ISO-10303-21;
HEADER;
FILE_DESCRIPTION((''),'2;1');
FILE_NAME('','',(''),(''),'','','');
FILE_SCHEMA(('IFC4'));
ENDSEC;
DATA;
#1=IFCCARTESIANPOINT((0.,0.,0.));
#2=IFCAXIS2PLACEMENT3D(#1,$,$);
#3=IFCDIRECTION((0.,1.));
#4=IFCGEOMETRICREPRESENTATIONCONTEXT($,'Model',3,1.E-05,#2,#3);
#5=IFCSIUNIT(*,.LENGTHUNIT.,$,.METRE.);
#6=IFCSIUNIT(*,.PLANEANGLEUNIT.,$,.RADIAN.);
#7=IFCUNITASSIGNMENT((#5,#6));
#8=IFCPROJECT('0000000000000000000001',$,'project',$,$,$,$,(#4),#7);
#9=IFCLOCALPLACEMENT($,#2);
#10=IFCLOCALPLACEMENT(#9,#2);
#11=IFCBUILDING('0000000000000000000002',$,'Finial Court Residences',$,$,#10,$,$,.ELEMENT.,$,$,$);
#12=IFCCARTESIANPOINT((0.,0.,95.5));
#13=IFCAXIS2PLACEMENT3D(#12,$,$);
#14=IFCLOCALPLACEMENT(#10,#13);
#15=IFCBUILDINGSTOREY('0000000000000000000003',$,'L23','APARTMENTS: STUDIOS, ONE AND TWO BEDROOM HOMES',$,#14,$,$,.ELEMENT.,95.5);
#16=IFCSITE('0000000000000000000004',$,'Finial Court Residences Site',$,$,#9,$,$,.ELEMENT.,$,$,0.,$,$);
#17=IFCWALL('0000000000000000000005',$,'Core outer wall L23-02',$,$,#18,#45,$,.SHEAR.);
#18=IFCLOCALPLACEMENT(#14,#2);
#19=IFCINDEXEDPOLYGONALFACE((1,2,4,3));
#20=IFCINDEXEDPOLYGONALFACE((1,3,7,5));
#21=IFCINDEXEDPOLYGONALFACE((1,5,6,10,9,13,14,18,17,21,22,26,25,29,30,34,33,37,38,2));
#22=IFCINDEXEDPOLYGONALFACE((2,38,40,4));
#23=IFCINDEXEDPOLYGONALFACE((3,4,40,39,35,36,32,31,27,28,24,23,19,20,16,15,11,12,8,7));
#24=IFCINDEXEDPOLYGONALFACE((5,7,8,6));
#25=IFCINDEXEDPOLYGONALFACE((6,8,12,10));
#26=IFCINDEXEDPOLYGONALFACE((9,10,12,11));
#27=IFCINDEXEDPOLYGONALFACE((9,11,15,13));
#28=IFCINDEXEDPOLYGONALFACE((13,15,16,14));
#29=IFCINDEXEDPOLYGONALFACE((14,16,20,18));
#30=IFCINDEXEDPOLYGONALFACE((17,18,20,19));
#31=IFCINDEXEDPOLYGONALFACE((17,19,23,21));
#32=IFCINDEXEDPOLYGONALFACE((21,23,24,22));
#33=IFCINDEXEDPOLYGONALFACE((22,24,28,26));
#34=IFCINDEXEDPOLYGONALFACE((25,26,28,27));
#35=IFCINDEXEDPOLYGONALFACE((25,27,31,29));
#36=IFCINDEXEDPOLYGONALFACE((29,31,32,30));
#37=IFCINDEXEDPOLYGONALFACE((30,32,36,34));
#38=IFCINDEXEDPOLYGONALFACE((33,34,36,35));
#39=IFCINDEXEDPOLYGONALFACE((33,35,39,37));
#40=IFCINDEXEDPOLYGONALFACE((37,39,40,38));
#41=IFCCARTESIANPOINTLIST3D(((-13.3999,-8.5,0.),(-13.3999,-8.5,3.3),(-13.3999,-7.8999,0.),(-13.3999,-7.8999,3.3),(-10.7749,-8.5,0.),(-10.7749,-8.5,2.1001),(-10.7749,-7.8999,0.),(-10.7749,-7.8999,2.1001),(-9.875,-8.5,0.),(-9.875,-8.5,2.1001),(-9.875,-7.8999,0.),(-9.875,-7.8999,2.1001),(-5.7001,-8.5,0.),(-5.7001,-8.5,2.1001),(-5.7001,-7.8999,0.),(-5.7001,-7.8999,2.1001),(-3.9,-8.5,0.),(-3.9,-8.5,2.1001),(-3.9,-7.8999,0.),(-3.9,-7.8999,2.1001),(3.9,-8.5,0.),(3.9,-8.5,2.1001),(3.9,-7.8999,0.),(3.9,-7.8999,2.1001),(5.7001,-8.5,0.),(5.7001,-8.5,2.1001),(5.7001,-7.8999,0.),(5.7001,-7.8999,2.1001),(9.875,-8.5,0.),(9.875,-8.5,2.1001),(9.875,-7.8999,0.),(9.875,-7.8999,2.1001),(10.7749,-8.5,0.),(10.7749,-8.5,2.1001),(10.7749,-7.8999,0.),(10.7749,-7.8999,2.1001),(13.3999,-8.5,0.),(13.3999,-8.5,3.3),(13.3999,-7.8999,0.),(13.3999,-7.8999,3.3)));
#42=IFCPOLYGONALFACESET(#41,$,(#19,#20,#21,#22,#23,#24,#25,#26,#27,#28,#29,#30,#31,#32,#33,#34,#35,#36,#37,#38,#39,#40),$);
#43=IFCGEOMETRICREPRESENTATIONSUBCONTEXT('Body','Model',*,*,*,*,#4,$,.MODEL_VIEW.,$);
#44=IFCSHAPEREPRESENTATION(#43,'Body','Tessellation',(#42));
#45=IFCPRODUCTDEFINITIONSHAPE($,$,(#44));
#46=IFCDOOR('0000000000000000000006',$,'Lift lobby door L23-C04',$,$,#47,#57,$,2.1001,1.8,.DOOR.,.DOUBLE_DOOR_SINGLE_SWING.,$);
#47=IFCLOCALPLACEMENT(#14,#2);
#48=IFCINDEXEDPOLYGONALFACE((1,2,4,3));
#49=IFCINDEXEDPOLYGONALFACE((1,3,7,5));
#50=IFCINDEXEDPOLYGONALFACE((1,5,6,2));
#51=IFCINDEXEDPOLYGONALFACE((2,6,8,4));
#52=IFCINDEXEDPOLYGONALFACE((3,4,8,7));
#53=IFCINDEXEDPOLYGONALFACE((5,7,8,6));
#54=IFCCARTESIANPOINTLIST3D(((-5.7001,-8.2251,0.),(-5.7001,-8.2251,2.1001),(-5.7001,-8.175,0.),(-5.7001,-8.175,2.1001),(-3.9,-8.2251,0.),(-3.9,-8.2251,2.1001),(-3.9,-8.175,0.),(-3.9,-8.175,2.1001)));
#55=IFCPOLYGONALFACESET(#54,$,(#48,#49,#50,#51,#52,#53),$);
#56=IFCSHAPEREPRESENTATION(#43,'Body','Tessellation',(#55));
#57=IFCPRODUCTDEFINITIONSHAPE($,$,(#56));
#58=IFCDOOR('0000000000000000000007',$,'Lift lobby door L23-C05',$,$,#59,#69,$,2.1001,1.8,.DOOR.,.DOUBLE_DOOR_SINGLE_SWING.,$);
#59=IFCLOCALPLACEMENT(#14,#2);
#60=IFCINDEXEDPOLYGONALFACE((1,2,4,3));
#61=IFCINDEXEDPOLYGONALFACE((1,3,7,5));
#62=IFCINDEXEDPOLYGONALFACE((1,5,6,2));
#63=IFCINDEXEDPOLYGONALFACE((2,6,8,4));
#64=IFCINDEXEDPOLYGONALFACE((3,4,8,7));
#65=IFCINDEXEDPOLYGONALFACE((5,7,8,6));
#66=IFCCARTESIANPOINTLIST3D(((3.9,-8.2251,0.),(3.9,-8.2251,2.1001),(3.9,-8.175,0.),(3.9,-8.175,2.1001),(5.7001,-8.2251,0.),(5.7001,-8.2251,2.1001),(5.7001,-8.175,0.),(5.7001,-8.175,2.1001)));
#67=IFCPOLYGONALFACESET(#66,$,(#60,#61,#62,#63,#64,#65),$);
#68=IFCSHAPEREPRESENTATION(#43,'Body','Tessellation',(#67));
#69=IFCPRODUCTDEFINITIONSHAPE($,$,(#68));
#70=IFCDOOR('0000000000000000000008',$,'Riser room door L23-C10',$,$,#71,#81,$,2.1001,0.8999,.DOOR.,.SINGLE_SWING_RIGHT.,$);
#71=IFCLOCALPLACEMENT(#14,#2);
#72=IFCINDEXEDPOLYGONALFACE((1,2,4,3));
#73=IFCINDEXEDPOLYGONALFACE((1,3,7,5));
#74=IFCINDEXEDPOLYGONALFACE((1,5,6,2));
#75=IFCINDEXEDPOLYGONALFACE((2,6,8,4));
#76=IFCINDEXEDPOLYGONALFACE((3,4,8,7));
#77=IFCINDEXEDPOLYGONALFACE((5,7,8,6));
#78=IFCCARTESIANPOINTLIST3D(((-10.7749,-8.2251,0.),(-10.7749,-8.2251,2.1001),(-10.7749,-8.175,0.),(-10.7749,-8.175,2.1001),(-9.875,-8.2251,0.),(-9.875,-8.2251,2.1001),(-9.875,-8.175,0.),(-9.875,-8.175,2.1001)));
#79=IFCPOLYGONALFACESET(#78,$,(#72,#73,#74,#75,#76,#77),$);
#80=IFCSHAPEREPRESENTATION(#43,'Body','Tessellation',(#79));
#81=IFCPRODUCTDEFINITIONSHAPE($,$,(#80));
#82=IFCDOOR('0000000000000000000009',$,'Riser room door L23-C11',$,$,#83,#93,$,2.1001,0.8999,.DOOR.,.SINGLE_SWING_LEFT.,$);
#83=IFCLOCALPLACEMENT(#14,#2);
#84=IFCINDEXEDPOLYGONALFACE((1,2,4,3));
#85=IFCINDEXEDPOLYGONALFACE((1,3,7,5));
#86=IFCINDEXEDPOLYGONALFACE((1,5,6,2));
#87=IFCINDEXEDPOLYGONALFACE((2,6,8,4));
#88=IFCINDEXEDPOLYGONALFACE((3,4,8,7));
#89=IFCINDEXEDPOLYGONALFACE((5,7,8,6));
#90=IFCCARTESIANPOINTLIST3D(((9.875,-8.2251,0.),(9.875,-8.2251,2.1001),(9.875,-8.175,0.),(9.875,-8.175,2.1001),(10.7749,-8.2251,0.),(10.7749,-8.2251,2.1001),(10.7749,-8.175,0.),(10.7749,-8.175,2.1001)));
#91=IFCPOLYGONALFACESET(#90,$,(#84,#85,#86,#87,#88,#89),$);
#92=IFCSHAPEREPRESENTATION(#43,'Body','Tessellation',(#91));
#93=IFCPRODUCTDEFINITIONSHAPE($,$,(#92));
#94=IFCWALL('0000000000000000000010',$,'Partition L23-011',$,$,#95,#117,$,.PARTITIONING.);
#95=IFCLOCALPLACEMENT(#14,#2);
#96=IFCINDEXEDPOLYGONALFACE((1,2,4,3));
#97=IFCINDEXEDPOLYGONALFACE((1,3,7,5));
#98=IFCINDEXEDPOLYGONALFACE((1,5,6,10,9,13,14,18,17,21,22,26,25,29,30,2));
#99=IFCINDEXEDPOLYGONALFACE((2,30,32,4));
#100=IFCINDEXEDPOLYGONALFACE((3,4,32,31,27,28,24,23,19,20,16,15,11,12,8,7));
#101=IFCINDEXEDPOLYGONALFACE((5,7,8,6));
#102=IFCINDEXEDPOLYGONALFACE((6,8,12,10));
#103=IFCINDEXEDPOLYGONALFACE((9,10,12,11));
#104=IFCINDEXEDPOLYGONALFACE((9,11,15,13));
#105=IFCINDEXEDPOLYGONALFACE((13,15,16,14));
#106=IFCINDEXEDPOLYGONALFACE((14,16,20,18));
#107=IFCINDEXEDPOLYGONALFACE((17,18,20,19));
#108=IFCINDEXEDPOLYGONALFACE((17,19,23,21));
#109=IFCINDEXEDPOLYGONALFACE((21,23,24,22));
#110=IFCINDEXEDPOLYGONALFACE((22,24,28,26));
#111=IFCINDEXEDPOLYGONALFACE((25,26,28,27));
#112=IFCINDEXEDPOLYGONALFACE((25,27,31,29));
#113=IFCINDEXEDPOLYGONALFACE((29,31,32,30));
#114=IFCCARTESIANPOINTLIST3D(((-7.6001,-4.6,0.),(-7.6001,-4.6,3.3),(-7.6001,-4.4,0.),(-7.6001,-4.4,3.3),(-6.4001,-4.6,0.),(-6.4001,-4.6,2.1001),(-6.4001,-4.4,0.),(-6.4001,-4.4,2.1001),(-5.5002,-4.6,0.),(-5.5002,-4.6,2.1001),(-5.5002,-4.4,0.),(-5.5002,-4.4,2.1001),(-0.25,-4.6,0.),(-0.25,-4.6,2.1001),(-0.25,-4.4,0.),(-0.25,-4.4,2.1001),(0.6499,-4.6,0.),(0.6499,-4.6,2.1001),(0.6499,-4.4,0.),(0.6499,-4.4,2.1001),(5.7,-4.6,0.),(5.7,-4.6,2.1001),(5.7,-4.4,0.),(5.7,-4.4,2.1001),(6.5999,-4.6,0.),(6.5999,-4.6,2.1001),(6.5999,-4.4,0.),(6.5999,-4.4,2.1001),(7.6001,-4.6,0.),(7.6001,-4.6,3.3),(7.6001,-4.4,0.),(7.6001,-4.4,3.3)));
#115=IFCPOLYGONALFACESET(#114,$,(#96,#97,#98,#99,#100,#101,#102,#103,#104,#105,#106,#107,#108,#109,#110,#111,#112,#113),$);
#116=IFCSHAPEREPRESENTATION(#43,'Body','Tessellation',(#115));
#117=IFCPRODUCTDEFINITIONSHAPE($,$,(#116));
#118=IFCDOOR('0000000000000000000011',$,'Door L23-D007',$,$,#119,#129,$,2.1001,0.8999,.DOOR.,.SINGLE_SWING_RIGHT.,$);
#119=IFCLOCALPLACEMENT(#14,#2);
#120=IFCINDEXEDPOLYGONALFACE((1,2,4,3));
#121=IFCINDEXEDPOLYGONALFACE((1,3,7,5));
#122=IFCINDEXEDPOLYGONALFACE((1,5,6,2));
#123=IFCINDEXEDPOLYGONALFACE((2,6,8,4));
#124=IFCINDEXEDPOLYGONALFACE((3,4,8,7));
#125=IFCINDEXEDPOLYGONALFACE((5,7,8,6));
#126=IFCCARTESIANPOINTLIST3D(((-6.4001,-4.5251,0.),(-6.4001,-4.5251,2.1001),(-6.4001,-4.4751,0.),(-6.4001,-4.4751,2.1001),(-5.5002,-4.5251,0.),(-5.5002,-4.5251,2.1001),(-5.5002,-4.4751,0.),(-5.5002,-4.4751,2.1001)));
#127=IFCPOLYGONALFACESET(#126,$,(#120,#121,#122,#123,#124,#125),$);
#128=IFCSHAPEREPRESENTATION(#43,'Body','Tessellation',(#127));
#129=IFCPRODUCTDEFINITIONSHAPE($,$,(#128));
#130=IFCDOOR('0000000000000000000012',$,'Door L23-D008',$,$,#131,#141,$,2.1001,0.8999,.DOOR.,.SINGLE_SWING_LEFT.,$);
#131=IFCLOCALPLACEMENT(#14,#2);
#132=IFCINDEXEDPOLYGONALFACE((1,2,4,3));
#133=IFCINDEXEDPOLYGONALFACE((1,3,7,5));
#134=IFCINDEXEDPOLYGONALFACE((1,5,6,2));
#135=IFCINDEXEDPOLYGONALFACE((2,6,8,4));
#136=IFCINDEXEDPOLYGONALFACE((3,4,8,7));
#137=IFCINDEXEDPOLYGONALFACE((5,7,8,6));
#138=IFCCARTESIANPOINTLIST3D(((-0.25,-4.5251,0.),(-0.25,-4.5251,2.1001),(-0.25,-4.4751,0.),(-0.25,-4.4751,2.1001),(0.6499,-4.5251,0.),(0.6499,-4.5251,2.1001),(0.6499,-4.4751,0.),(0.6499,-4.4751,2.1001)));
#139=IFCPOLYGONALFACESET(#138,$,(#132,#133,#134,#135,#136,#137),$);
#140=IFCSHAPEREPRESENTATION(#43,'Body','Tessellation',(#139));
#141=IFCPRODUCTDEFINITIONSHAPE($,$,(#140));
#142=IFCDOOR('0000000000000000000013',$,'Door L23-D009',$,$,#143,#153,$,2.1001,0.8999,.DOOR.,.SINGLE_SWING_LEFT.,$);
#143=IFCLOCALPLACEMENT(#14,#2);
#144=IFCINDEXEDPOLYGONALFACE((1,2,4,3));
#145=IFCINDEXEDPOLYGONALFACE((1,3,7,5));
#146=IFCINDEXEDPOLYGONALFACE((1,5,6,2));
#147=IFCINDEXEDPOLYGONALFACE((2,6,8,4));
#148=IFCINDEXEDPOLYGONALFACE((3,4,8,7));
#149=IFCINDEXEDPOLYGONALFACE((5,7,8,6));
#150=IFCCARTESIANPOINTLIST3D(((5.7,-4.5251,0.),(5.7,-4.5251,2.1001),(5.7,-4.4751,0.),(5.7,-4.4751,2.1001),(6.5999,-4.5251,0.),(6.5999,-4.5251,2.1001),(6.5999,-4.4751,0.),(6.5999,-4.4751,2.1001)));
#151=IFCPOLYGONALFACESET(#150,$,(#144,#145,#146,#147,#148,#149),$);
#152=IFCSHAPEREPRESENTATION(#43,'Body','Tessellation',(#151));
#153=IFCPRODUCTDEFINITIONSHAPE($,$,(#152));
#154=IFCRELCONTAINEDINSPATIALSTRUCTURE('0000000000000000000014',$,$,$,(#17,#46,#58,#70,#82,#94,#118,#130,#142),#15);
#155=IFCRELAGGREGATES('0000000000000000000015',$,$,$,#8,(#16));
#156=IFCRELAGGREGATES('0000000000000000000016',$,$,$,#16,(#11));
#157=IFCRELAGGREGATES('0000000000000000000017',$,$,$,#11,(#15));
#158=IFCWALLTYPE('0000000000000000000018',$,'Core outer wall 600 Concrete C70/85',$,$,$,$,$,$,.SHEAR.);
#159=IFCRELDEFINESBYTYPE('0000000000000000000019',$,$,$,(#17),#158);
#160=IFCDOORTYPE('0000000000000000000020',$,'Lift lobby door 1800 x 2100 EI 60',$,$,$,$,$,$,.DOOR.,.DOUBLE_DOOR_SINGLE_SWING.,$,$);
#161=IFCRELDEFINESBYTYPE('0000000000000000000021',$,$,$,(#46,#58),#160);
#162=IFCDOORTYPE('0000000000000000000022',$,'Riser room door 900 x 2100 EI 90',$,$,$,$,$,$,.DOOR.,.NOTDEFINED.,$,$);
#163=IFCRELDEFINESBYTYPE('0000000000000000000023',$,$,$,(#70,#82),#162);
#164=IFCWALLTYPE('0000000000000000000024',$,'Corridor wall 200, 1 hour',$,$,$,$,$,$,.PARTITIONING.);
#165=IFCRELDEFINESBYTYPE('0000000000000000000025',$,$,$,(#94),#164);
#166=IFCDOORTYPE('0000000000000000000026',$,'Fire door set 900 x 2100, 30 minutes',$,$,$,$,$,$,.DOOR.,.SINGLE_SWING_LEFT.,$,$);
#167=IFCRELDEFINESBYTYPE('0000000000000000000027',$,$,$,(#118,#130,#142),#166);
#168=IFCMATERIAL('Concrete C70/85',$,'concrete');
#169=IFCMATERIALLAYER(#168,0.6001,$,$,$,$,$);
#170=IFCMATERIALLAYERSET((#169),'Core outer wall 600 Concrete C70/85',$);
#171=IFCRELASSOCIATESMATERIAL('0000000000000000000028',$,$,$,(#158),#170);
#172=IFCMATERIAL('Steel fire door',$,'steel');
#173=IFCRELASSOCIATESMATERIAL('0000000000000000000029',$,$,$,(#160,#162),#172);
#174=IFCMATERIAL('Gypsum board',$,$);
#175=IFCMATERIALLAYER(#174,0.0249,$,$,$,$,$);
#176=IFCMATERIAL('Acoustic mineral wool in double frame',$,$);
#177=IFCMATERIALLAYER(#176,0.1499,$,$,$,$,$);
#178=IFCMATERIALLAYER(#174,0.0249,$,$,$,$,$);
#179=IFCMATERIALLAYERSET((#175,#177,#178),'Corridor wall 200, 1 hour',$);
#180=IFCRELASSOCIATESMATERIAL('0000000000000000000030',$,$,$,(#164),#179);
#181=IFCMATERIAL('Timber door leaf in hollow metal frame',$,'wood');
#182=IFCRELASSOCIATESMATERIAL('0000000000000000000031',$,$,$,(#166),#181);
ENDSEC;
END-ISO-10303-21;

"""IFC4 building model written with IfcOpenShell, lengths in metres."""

from ifc_helpers import new_model, si_unit, direction, frame, frame_2d, origin, place, context, subcontext, project, spatial, rectangle, extrude, material, layer, layer_set, type_object, element, fill, save


model = new_model("IFC4")

# Units and contexts
model_context = context("Model", 3, precision=1e-05, world=origin(), true_north=direction((0.0, 1.0)))
body_context = subcontext(model_context, "Body", "Model", "MODEL_VIEW")
ifc_project = project(units=[si_unit("LENGTHUNIT", "METRE"), si_unit("PLANEANGLEUNIT", "RADIAN")], contexts=[model_context])

# Site, building, storey
site_placement = place(None, origin())
site = spatial("IfcSite", under=ifc_project, at=site_placement, Name="Finial Court Residences Site", CompositionType="ELEMENT", RefElevation=0.0)
building_placement = place(site_placement, origin())
building = spatial("IfcBuilding", under=site, at=building_placement, Name="Finial Court Residences", CompositionType="ELEMENT")
storey_placement = place(building_placement, frame((0.0, 0.0, 95.5)))
storey = spatial("IfcBuildingStorey", under=building, at=storey_placement, Name="L23", Description="APARTMENTS: STUDIOS, ONE AND TWO BEDROOM HOMES", CompositionType="ELEMENT", Elevation=95.5)

# Shared definitions
ifc_material_1 = material(Name="Concrete C70/85", Category="concrete")

# Walls, openings, doors
ifc_layer_1 = layer(ifc_material_1, 0.6001)
ifc_layer_set_1 = layer_set([ifc_layer_1], Name="Core outer wall 600 Concrete C70/85")
wall_type_1 = type_object("IfcWallType", Name="Core outer wall 600 Concrete C70/85", PredefinedType="SHEAR", material=ifc_layer_set_1)
wall_1_placement = place(storey_placement, frame((-13.3999, -8.2, 0.0), z_axis=(0.0, 0.0, 1.0), x_axis=(1.0, 0.0, 0.0)))
wall_1 = element("IfcWall", 1, at=wall_1_placement, inside=storey, type_object=wall_type_1, Name="Core outer wall L23-02", PredefinedType="SHEAR", context=body_context, shape_type="SweptSolid", body=[
    extrude(rectangle(XDim=26.7998, YDim=0.6001, at=frame_2d((13.3999, 0.0))), origin(), (0.0, 0.0, 1.0), 3.3),
])
opening_1_placement = place(wall_1_placement, frame((7.7, 0.0, 0.0)))
opening_1 = element("IfcOpeningElement", 2, at=opening_1_placement, cuts=wall_1, PredefinedType="OPENING", context=body_context, shape_type="SweptSolid", body=[
    extrude(rectangle(XDim=1.8, YDim=2.1001, at=frame_2d((0.8999, 1.05))), frame((0.0, 0.3101, 0.0), z_axis=(0.0, -1.0, 0.0), x_axis=(1.0, 0.0, 0.0)), (0.0, 0.0, 1.0), 0.6201),
])
opening_2_placement = place(wall_1_placement, frame((17.3, 0.0, 0.0)))
opening_2 = element("IfcOpeningElement", 3, at=opening_2_placement, cuts=wall_1, PredefinedType="OPENING", context=body_context, shape_type="SweptSolid", body=[
    extrude(rectangle(XDim=1.8, YDim=2.1001, at=frame_2d((0.8999, 1.05))), frame((0.0, 0.3101, 0.0), z_axis=(0.0, -1.0, 0.0), x_axis=(1.0, 0.0, 0.0)), (0.0, 0.0, 1.0), 0.6201),
])
opening_3_placement = place(wall_1_placement, frame((2.625, 0.0, 0.0)))
opening_3 = element("IfcOpeningElement", 4, at=opening_3_placement, cuts=wall_1, PredefinedType="OPENING", context=body_context, shape_type="SweptSolid", body=[
    extrude(rectangle(XDim=0.8999, YDim=2.1001, at=frame_2d((0.45, 1.05))), frame((0.0, 0.3101, 0.0), z_axis=(0.0, -1.0, 0.0), x_axis=(1.0, 0.0, 0.0)), (0.0, 0.0, 1.0), 0.6201),
])
opening_4_placement = place(wall_1_placement, frame((23.2749, 0.0, 0.0)))
opening_4 = element("IfcOpeningElement", 5, at=opening_4_placement, cuts=wall_1, PredefinedType="OPENING", context=body_context, shape_type="SweptSolid", body=[
    extrude(rectangle(XDim=0.8999, YDim=2.1001, at=frame_2d((0.45, 1.05))), frame((0.0, 0.3101, 0.0), z_axis=(0.0, -1.0, 0.0), x_axis=(1.0, 0.0, 0.0)), (0.0, 0.0, 1.0), 0.6201),
])
ifc_material_2 = material(Name="Steel fire door", Category="steel")
door_type_1 = type_object("IfcDoorType", Name="Lift lobby door 1800 x 2100 EI 60", OperationType="DOUBLE_DOOR_SINGLE_SWING", PredefinedType="DOOR", material=ifc_material_2)
door_1_placement = place(opening_1_placement, origin())
door_1 = element("IfcDoor", 6, at=door_1_placement, inside=storey, type_object=door_type_1, Name="Lift lobby door L23-C04", OperationType="DOUBLE_DOOR_SINGLE_SWING", OverallHeight=2.1001, OverallWidth=1.8, PredefinedType="DOOR", context=body_context, shape_type="SweptSolid", body=[
    extrude(rectangle(XDim=1.8, YDim=2.1001, at=frame_2d((0.8999, 1.05))), frame((0.0, 0.0249, 0.0), z_axis=(0.0, -1.0, 0.0), x_axis=(1.0, 0.0, 0.0)), (0.0, 0.0, 1.0), 0.05),
])
fill(opening_1, door_1)
door_2_placement = place(opening_2_placement, origin())
door_2 = element("IfcDoor", 7, at=door_2_placement, inside=storey, type_object=door_type_1, Name="Lift lobby door L23-C05", OperationType="DOUBLE_DOOR_SINGLE_SWING", OverallHeight=2.1001, OverallWidth=1.8, PredefinedType="DOOR", context=body_context, shape_type="SweptSolid", body=[
    extrude(rectangle(XDim=1.8, YDim=2.1001, at=frame_2d((0.8999, 1.05))), frame((0.0, 0.0249, 0.0), z_axis=(0.0, -1.0, 0.0), x_axis=(1.0, 0.0, 0.0)), (0.0, 0.0, 1.0), 0.05),
])
fill(opening_2, door_2)
door_type_2 = type_object("IfcDoorType", Name="Riser room door 900 x 2100 EI 90", OperationType="NOTDEFINED", PredefinedType="DOOR", material=ifc_material_2)
door_3_placement = place(opening_3_placement, origin())
door_3 = element("IfcDoor", 8, at=door_3_placement, inside=storey, type_object=door_type_2, Name="Riser room door L23-C10", OperationType="SINGLE_SWING_RIGHT", OverallHeight=2.1001, OverallWidth=0.8999, PredefinedType="DOOR", context=body_context, shape_type="SweptSolid", body=[
    extrude(rectangle(XDim=0.8999, YDim=2.1001, at=frame_2d((0.45, 1.05))), frame((0.0, 0.0249, 0.0), z_axis=(0.0, -1.0, 0.0), x_axis=(1.0, 0.0, 0.0)), (0.0, 0.0, 1.0), 0.05),
])
fill(opening_3, door_3)
door_4_placement = place(opening_4_placement, origin())
door_4 = element("IfcDoor", 9, at=door_4_placement, inside=storey, type_object=door_type_2, Name="Riser room door L23-C11", OperationType="SINGLE_SWING_LEFT", OverallHeight=2.1001, OverallWidth=0.8999, PredefinedType="DOOR", context=body_context, shape_type="SweptSolid", body=[
    extrude(rectangle(XDim=0.8999, YDim=2.1001, at=frame_2d((0.45, 1.05))), frame((0.0, 0.0249, 0.0), z_axis=(0.0, -1.0, 0.0), x_axis=(1.0, 0.0, 0.0)), (0.0, 0.0, 1.0), 0.05),
])
fill(opening_4, door_4)
ifc_material_3 = material(Name="Gypsum board")
ifc_layer_2 = layer(ifc_material_3, 0.0249)
ifc_material_4 = material(Name="Acoustic mineral wool in double frame")
ifc_layer_3 = layer(ifc_material_4, 0.1499)
ifc_layer_4 = layer(ifc_material_3, 0.0249)
ifc_layer_set_2 = layer_set([ifc_layer_2, ifc_layer_3, ifc_layer_4], Name="Corridor wall 200, 1 hour")
wall_type_2 = type_object("IfcWallType", Name="Corridor wall 200, 1 hour", PredefinedType="PARTITIONING", material=ifc_layer_set_2)
wall_2_placement = place(storey_placement, frame((-7.6001, -4.5, 0.0), z_axis=(0.0, 0.0, 1.0), x_axis=(1.0, 0.0, 0.0)))
wall_2 = element("IfcWall", 10, at=wall_2_placement, inside=storey, type_object=wall_type_2, Name="Partition L23-011", PredefinedType="PARTITIONING", context=body_context, shape_type="SweptSolid", body=[
    extrude(rectangle(XDim=15.2002, YDim=0.2, at=frame_2d((7.6001, 0.0))), origin(), (0.0, 0.0, 1.0), 3.3),
])
opening_5_placement = place(wall_2_placement, frame((1.2, 0.0, 0.0)))
opening_5 = element("IfcOpeningElement", 11, at=opening_5_placement, cuts=wall_2, PredefinedType="OPENING", context=body_context, shape_type="SweptSolid", body=[
    extrude(rectangle(XDim=0.8999, YDim=2.1001, at=frame_2d((0.45, 1.05))), frame((0.0, 0.1099, 0.0), z_axis=(0.0, -1.0, 0.0), x_axis=(1.0, 0.0, 0.0)), (0.0, 0.0, 1.0), 0.22),
])
opening_6_placement = place(wall_2_placement, frame((7.3501, 0.0, 0.0)))
opening_6 = element("IfcOpeningElement", 12, at=opening_6_placement, cuts=wall_2, PredefinedType="OPENING", context=body_context, shape_type="SweptSolid", body=[
    extrude(rectangle(XDim=0.8999, YDim=2.1001, at=frame_2d((0.45, 1.05))), frame((0.0, 0.1099, 0.0), z_axis=(0.0, -1.0, 0.0), x_axis=(1.0, 0.0, 0.0)), (0.0, 0.0, 1.0), 0.22),
])
opening_7_placement = place(wall_2_placement, frame((13.3, 0.0, 0.0)))
opening_7 = element("IfcOpeningElement", 13, at=opening_7_placement, cuts=wall_2, PredefinedType="OPENING", context=body_context, shape_type="SweptSolid", body=[
    extrude(rectangle(XDim=0.8999, YDim=2.1001, at=frame_2d((0.45, 1.05))), frame((0.0, 0.1099, 0.0), z_axis=(0.0, -1.0, 0.0), x_axis=(1.0, 0.0, 0.0)), (0.0, 0.0, 1.0), 0.22),
])
ifc_material_5 = material(Name="Timber door leaf in hollow metal frame", Category="wood")
door_type_3 = type_object("IfcDoorType", Name="Fire door set 900 x 2100, 30 minutes", OperationType="SINGLE_SWING_LEFT", PredefinedType="DOOR", material=ifc_material_5)
door_5_placement = place(opening_5_placement, origin())
door_5 = element("IfcDoor", 14, at=door_5_placement, inside=storey, type_object=door_type_3, Name="Door L23-D007", OperationType="SINGLE_SWING_RIGHT", OverallHeight=2.1001, OverallWidth=0.8999, PredefinedType="DOOR", context=body_context, shape_type="SweptSolid", body=[
    extrude(rectangle(XDim=0.8999, YDim=2.1001, at=frame_2d((0.45, 1.05))), frame((0.0, 0.0249, 0.0), z_axis=(0.0, -1.0, 0.0), x_axis=(1.0, 0.0, 0.0)), (0.0, 0.0, 1.0), 0.05),
])
fill(opening_5, door_5)
door_6_placement = place(opening_6_placement, origin())
door_6 = element("IfcDoor", 15, at=door_6_placement, inside=storey, type_object=door_type_3, Name="Door L23-D008", OperationType="SINGLE_SWING_LEFT", OverallHeight=2.1001, OverallWidth=0.8999, PredefinedType="DOOR", context=body_context, shape_type="SweptSolid", body=[
    extrude(rectangle(XDim=0.8999, YDim=2.1001, at=frame_2d((0.45, 1.05))), frame((0.0, 0.0249, 0.0), z_axis=(0.0, -1.0, 0.0), x_axis=(1.0, 0.0, 0.0)), (0.0, 0.0, 1.0), 0.05),
])
fill(opening_6, door_6)
door_7_placement = place(opening_7_placement, origin())
door_7 = element("IfcDoor", 16, at=door_7_placement, inside=storey, type_object=door_type_3, Name="Door L23-D009", OperationType="SINGLE_SWING_LEFT", OverallHeight=2.1001, OverallWidth=0.8999, PredefinedType="DOOR", context=body_context, shape_type="SweptSolid", body=[
    extrude(rectangle(XDim=0.8999, YDim=2.1001, at=frame_2d((0.45, 1.05))), frame((0.0, 0.0249, 0.0), z_axis=(0.0, -1.0, 0.0), x_axis=(1.0, 0.0, 0.0)), (0.0, 0.0, 1.0), 0.05),
])
fill(opening_7, door_7)

save(model, "model.ifc")
